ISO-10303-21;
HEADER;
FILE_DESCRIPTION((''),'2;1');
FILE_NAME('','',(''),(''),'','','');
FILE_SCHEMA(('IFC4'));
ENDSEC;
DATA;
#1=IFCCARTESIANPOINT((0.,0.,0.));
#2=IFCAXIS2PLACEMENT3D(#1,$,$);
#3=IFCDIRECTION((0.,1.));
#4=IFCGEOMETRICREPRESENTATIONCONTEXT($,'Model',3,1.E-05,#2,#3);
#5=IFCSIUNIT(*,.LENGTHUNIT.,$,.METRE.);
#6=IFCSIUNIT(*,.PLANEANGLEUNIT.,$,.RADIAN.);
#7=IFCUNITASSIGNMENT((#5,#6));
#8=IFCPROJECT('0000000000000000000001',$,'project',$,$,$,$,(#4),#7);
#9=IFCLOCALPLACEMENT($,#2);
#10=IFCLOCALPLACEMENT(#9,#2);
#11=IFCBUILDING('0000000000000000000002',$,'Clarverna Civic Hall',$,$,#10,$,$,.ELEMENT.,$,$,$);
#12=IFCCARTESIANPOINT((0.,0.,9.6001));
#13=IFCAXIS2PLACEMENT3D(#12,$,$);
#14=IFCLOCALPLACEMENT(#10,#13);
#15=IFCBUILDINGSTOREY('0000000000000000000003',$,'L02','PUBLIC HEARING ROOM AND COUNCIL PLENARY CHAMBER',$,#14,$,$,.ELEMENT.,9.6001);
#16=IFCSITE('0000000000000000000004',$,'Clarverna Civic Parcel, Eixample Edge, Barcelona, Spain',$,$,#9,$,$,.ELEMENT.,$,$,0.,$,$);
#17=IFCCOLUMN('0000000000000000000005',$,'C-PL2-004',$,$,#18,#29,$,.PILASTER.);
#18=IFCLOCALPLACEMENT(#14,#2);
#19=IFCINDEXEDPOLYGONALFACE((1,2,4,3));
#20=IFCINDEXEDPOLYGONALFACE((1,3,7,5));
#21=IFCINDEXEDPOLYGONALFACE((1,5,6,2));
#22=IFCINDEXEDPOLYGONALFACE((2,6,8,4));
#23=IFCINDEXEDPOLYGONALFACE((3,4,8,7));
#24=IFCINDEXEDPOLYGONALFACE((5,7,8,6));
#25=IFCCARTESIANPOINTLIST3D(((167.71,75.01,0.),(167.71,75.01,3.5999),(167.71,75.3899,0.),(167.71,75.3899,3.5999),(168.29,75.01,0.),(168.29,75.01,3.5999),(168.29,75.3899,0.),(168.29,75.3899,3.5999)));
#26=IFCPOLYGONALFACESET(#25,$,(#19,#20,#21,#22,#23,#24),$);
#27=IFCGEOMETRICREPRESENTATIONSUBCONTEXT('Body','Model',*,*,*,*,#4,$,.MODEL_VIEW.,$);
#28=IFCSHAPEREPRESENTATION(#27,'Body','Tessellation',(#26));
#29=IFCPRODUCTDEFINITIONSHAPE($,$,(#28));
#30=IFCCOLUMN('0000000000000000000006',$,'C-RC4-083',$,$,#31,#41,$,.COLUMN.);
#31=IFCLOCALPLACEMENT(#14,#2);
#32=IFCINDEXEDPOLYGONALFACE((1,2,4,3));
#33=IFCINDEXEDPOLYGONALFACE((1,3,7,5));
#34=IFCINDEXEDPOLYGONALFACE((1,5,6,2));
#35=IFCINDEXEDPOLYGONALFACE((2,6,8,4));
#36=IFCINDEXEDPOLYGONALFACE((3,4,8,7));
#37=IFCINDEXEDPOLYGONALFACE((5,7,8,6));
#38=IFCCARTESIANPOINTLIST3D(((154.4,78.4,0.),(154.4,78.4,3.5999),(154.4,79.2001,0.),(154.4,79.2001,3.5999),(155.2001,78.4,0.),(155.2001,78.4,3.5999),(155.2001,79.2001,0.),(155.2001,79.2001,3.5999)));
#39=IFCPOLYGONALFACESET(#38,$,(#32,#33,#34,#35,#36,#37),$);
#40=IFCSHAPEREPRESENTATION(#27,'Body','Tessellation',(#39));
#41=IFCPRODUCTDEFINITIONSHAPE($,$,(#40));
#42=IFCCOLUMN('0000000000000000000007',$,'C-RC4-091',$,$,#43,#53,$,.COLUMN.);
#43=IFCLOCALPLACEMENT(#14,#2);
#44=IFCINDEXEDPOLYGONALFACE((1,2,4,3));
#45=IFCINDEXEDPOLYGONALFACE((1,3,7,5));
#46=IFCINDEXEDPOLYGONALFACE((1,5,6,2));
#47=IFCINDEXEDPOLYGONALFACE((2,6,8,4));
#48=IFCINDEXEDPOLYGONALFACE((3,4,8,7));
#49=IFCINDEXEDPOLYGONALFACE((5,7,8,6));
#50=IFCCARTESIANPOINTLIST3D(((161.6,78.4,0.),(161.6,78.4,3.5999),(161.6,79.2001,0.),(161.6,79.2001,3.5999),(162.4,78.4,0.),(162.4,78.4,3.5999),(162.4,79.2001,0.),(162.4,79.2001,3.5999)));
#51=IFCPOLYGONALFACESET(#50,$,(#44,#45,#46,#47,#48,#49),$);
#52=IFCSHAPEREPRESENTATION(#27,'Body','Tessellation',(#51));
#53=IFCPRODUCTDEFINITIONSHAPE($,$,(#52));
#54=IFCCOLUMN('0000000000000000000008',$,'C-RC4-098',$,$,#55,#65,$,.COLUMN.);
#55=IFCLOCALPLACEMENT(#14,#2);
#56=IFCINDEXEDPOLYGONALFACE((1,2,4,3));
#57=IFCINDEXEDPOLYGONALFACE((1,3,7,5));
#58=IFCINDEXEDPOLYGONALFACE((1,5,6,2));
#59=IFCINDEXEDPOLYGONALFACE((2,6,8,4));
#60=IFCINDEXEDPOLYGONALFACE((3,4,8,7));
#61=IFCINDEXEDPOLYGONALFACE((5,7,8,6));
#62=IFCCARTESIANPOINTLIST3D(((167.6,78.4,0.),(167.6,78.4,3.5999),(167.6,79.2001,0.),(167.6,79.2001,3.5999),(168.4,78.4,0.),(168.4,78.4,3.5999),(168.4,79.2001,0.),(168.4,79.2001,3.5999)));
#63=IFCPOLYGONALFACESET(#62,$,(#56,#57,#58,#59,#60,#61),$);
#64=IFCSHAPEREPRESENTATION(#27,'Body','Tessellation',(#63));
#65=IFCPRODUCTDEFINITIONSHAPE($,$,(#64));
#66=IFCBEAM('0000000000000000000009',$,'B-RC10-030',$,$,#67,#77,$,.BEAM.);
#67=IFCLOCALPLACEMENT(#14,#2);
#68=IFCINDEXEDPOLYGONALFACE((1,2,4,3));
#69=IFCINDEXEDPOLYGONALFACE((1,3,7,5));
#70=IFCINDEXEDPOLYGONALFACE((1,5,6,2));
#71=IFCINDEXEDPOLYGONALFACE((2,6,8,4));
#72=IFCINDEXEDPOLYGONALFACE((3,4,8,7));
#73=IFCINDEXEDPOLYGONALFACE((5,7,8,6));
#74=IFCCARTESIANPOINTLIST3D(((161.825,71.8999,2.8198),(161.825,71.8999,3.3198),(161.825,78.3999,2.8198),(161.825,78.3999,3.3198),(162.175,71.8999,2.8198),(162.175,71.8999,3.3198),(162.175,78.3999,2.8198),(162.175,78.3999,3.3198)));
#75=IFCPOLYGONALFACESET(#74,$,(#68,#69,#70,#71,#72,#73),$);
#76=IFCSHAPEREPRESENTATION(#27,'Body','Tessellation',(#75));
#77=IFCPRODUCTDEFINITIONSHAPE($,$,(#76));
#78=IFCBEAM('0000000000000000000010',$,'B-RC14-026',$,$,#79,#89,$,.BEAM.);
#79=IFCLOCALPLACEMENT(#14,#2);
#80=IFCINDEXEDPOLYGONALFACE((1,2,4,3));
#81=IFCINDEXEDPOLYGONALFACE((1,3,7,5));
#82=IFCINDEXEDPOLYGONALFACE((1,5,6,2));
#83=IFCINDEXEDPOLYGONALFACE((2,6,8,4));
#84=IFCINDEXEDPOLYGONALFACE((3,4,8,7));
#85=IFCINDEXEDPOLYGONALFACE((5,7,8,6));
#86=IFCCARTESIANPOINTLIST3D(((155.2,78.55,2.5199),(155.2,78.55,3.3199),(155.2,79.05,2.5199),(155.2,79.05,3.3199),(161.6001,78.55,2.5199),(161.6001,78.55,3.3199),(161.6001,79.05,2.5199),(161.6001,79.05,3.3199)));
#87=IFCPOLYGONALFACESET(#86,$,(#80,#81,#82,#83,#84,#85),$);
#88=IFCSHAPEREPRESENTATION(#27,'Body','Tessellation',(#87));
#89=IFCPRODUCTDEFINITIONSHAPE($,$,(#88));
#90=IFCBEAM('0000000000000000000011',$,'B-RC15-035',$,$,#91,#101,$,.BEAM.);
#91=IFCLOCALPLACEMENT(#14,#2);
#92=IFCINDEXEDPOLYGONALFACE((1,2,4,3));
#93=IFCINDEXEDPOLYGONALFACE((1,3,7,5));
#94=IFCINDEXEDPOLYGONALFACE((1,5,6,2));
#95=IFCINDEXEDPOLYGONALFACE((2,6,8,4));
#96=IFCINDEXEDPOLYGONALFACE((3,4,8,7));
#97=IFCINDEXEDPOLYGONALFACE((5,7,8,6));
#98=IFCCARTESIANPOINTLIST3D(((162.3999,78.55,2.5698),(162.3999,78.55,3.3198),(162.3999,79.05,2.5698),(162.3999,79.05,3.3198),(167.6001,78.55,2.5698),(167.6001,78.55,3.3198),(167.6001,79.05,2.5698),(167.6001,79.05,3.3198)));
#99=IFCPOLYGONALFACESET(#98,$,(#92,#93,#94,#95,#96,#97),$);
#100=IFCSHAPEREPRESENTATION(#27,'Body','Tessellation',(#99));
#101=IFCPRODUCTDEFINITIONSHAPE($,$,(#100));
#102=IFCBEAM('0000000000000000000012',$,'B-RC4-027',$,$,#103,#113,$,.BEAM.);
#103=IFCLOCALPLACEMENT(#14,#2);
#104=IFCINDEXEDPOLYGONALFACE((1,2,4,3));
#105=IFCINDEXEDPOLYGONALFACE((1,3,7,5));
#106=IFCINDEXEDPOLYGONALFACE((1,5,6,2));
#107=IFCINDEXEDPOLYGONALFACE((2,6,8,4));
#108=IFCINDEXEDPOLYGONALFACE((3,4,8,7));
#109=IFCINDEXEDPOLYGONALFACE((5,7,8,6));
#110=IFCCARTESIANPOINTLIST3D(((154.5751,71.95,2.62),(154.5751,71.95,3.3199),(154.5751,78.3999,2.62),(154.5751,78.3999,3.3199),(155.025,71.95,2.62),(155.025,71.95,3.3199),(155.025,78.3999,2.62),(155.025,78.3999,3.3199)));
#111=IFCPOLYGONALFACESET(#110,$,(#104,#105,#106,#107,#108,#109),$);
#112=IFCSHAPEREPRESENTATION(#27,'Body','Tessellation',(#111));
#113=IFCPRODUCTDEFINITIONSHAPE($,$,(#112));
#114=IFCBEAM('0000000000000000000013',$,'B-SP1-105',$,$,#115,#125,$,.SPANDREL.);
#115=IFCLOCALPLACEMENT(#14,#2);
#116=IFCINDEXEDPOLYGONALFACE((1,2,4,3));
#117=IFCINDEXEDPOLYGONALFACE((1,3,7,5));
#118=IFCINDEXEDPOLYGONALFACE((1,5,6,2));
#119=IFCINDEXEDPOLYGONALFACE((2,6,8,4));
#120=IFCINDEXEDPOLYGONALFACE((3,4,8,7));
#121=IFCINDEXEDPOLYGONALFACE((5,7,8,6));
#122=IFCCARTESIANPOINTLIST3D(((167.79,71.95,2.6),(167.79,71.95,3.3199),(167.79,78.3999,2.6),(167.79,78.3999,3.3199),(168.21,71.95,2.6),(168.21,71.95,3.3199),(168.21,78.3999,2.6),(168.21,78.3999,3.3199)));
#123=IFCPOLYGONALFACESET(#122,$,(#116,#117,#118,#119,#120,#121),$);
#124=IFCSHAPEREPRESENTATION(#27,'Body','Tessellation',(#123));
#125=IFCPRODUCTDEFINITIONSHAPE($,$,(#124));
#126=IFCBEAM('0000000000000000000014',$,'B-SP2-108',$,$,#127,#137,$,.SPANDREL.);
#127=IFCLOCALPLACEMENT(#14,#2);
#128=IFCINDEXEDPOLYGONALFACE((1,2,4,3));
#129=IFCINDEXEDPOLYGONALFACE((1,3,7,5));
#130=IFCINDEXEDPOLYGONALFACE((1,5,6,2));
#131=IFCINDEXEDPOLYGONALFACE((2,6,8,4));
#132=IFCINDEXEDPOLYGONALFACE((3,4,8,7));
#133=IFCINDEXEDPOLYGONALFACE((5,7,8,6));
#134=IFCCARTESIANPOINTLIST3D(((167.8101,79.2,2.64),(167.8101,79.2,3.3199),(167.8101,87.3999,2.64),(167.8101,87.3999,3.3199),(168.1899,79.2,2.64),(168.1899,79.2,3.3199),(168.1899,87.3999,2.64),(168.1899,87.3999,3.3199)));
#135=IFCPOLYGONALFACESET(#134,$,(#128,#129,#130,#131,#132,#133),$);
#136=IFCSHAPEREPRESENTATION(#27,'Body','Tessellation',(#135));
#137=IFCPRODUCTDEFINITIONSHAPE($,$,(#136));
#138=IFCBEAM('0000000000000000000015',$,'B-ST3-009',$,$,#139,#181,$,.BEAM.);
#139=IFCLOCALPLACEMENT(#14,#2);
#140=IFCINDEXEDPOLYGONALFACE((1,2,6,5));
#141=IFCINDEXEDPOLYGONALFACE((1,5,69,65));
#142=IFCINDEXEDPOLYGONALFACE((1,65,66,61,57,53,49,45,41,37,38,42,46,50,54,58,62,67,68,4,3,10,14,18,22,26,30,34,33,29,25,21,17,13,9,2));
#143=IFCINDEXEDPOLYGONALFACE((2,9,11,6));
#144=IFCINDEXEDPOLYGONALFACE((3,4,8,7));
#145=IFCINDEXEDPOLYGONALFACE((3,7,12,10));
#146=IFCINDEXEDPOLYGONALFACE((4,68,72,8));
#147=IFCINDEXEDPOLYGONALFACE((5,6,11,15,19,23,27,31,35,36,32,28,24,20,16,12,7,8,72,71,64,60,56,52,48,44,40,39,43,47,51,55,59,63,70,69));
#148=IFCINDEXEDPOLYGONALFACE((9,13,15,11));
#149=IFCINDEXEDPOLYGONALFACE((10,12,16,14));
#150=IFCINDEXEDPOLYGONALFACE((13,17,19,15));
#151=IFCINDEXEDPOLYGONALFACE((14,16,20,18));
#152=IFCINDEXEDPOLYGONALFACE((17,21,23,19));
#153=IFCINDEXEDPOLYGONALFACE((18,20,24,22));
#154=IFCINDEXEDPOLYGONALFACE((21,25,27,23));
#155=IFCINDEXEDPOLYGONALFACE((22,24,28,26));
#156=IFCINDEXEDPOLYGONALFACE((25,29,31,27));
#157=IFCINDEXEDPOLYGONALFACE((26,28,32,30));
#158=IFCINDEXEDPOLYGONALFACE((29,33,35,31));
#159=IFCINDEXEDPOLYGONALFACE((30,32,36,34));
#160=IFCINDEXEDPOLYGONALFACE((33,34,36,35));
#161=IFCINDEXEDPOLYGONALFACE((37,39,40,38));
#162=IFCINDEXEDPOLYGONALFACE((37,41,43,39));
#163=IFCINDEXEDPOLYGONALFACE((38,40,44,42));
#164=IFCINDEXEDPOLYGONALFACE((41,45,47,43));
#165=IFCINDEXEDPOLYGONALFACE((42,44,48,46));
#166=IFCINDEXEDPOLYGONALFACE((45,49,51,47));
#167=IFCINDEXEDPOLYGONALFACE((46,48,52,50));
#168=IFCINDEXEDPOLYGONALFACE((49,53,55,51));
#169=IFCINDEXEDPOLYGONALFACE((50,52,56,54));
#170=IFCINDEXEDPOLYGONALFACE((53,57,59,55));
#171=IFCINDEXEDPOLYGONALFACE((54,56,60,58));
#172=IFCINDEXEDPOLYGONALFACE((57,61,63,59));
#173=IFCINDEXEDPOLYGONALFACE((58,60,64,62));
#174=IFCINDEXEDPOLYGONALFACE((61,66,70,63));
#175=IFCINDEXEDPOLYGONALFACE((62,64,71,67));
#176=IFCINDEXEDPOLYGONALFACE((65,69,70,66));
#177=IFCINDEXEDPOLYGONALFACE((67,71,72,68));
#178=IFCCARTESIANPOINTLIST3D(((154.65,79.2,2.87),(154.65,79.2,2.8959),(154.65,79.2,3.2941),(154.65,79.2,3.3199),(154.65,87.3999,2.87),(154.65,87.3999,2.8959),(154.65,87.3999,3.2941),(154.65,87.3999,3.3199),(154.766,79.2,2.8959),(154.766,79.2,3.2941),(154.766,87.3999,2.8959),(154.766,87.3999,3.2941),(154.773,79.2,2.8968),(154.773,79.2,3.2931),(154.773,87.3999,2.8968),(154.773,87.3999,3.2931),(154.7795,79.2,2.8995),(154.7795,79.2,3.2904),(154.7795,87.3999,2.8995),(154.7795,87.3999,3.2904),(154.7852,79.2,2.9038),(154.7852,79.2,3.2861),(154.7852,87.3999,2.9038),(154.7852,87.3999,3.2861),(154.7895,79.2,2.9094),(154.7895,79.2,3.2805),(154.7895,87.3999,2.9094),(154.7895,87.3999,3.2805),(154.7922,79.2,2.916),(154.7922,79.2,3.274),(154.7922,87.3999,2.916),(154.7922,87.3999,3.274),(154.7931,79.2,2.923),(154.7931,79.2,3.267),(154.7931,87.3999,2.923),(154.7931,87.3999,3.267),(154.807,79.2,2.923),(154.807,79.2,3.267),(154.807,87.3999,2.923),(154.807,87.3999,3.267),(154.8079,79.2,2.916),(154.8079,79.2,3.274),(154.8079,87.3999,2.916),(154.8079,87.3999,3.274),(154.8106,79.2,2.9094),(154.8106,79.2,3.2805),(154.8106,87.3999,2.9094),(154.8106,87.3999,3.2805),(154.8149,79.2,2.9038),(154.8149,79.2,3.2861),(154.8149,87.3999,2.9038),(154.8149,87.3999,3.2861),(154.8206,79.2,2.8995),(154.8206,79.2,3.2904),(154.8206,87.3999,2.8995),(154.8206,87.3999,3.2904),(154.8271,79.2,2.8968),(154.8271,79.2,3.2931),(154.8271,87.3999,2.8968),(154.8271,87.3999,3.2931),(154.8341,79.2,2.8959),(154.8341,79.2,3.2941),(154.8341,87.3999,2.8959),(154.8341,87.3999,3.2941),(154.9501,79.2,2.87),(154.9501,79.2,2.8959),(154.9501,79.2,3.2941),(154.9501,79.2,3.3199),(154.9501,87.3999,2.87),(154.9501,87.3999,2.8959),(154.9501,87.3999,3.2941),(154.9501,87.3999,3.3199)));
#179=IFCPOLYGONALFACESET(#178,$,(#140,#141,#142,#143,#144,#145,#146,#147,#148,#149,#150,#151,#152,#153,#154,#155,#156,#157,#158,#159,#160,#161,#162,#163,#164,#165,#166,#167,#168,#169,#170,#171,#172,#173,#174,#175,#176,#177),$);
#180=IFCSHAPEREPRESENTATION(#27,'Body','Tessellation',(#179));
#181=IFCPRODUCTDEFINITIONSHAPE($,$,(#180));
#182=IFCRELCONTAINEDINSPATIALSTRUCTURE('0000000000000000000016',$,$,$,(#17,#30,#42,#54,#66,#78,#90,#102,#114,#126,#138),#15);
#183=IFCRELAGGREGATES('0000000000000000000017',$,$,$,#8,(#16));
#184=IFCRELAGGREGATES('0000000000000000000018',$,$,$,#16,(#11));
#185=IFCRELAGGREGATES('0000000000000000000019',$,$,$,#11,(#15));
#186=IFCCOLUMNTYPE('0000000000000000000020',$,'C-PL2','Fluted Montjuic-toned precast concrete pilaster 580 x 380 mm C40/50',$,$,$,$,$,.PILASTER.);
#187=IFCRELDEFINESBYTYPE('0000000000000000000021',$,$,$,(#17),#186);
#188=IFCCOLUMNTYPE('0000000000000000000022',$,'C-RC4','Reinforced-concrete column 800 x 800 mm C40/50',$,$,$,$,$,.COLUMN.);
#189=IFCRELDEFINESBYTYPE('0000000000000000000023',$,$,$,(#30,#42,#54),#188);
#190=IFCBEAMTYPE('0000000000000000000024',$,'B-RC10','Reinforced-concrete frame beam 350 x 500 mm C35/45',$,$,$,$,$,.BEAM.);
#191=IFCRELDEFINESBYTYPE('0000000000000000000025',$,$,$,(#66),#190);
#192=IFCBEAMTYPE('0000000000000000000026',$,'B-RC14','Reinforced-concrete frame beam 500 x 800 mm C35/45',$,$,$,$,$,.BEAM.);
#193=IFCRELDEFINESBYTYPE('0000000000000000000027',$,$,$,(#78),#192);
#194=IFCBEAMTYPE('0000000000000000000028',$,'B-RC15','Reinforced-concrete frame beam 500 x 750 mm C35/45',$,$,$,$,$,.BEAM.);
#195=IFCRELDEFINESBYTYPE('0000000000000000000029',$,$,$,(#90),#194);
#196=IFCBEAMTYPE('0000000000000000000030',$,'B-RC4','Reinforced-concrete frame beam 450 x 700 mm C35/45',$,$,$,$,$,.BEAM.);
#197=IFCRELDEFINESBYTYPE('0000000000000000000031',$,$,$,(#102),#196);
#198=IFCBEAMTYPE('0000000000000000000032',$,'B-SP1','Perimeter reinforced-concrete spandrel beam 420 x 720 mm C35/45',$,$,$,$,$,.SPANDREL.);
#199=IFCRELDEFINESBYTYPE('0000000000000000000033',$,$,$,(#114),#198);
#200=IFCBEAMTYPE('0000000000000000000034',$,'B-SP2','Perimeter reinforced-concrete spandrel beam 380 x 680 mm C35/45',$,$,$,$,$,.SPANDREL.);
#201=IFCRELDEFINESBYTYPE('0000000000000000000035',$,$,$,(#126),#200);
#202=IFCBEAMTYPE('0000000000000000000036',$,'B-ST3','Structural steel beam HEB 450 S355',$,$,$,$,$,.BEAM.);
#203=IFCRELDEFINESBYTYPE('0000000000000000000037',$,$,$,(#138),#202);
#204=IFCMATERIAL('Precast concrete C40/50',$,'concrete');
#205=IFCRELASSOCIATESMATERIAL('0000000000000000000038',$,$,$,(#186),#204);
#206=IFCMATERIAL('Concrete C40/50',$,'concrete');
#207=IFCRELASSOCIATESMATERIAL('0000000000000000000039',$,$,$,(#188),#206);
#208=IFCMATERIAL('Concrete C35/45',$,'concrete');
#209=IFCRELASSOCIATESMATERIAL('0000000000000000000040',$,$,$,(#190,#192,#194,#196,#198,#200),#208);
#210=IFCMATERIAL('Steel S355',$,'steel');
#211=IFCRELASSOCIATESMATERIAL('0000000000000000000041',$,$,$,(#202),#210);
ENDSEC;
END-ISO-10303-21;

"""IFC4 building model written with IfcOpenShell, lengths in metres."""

from ifc_helpers import new_model, si_unit, direction, frame, origin, origin_2d, place, context, subcontext, project, spatial, rectangle, i_section, extrude, material, material_profile, profile_set, type_object, element, save


model = new_model("IFC4")

# Units and contexts
model_context = context("Model", 3, precision=1e-05, world=origin(), true_north=direction((0.0, 1.0)))
body_context = subcontext(model_context, "Body", "Model", "MODEL_VIEW")
ifc_project = project(units=[si_unit("LENGTHUNIT", "METRE"), si_unit("PLANEANGLEUNIT", "RADIAN")], contexts=[model_context])

# Site, building, storey
site_placement = place(None, origin())
site = spatial("IfcSite", under=ifc_project, at=site_placement, Name="Clarverna Civic Parcel, Eixample Edge, Barcelona, Spain", CompositionType="ELEMENT", RefElevation=0.0)
building_placement = place(site_placement, origin())
building = spatial("IfcBuilding", under=site, at=building_placement, Name="Clarverna Civic Hall", CompositionType="ELEMENT")
storey_placement = place(building_placement, frame((0.0, 0.0, 9.6001)))
storey = spatial("IfcBuildingStorey", under=building, at=storey_placement, Name="L02", Description="PUBLIC HEARING ROOM AND COUNCIL PLENARY CHAMBER", CompositionType="ELEMENT", Elevation=9.6001)

# Columns
ifc_material_1 = material(Name="Precast concrete C40/50", Category="concrete")
ifc_material_profile_1 = material_profile(ifc_material_1, rectangle(XDim=0.5801, YDim=0.3799, at=origin_2d()), Name="PILASTER 580x380")
ifc_profile_set_1 = profile_set([ifc_material_profile_1], Name="Precast concrete C40/50")
column_type_1 = type_object("IfcColumnType", Name="C-PL2", Description="Fluted Montjuic-toned precast concrete pilaster 580 x 380 mm C40/50", PredefinedType="PILASTER", material=ifc_profile_set_1)
column_placement = place(storey_placement, frame((168.0, 75.2, 0.0), z_axis=(0.0, 0.0, 1.0), x_axis=(1.0, 0.0, 0.0)))
element("IfcColumn", 1, at=column_placement, inside=storey, type_object=column_type_1, Name="C-PL2-004", PredefinedType="PILASTER", context=body_context, shape_type="SweptSolid", body=[
    extrude(rectangle(XDim=0.5801, YDim=0.3799, at=origin_2d()), origin(), (0.0, 0.0, 1.0), 3.5999),
])
ifc_material_2 = material(Name="Concrete C40/50", Category="concrete")
ifc_material_profile_2 = material_profile(ifc_material_2, rectangle(XDim=0.8, YDim=0.8, at=origin_2d()), Name="RC 800x800")
ifc_profile_set_2 = profile_set([ifc_material_profile_2], Name="Concrete C40/50")
column_type_2 = type_object("IfcColumnType", Name="C-RC4", Description="Reinforced-concrete column 800 x 800 mm C40/50", PredefinedType="COLUMN", material=ifc_profile_set_2)
for number, where, z_axis, x_axis, name in (
    (2, (154.8, 78.8, 0.0), (0.0, 0.0, 1.0), (1.0, 0.0, 0.0), "C-RC4-083"),
    (3, (162.0, 78.8, 0.0), (0.0, 0.0, 1.0), (1.0, 0.0, 0.0), "C-RC4-091"),
    (4, (168.0, 78.8, 0.0), (0.0, 0.0, 1.0), (1.0, 0.0, 0.0), "C-RC4-098"),
):
    element("IfcColumn", number, at=place(storey_placement, frame(where, z_axis=z_axis, x_axis=x_axis)), inside=storey, type_object=column_type_2, Name=name, PredefinedType="COLUMN", context=body_context, shape_type="SweptSolid", body=[
        extrude(rectangle(XDim=0.8, YDim=0.8, at=origin_2d()), origin(), (0.0, 0.0, 1.0), 3.5999),
    ])

# Beams
ifc_material_3 = material(Name="Concrete C35/45", Category="concrete")
ifc_material_profile_3 = material_profile(ifc_material_3, rectangle(XDim=0.3501, YDim=0.5, at=origin_2d()), Name="RC 350x500")
ifc_profile_set_3 = profile_set([ifc_material_profile_3], Name="Concrete C35/45")
beam_type_1 = type_object("IfcBeamType", Name="B-RC10", Description="Reinforced-concrete frame beam 350 x 500 mm C35/45", PredefinedType="BEAM", material=ifc_profile_set_3)
beam_1_placement = place(storey_placement, frame((162.0, 71.8999, 3.0698), z_axis=(0.0, 1.0, 0.0), x_axis=(-1.0, 0.0, 0.0)))
element("IfcBeam", 5, at=beam_1_placement, inside=storey, type_object=beam_type_1, Name="B-RC10-030", PredefinedType="BEAM", context=body_context, shape_type="SweptSolid", body=[
    extrude(rectangle(XDim=0.3501, YDim=0.5, at=origin_2d()), origin(), (0.0, 0.0, 1.0), 6.5),
])
ifc_material_profile_4 = material_profile(ifc_material_3, rectangle(XDim=0.5, YDim=0.8, at=origin_2d()), Name="RC 500x800")
ifc_profile_set_4 = profile_set([ifc_material_profile_4], Name="Concrete C35/45")
beam_type_2 = type_object("IfcBeamType", Name="B-RC14", Description="Reinforced-concrete frame beam 500 x 800 mm C35/45", PredefinedType="BEAM", material=ifc_profile_set_4)
beam_2_placement = place(storey_placement, frame((155.2, 78.8, 2.9199), z_axis=(1.0, 0.0, 0.0), x_axis=(0.0, 1.0, 0.0)))
element("IfcBeam", 6, at=beam_2_placement, inside=storey, type_object=beam_type_2, Name="B-RC14-026", PredefinedType="BEAM", context=body_context, shape_type="SweptSolid", body=[
    extrude(rectangle(XDim=0.5, YDim=0.8, at=origin_2d()), origin(), (0.0, 0.0, 1.0), 6.4001),
])
ifc_material_profile_5 = material_profile(ifc_material_3, rectangle(XDim=0.5, YDim=0.75, at=origin_2d()), Name="RC 500x750")
ifc_profile_set_5 = profile_set([ifc_material_profile_5], Name="Concrete C35/45")
beam_type_3 = type_object("IfcBeamType", Name="B-RC15", Description="Reinforced-concrete frame beam 500 x 750 mm C35/45", PredefinedType="BEAM", material=ifc_profile_set_5)
beam_3_placement = place(storey_placement, frame((162.3999, 78.8, 2.9448), z_axis=(1.0, 0.0, 0.0), x_axis=(0.0, 1.0, 0.0)))
element("IfcBeam", 7, at=beam_3_placement, inside=storey, type_object=beam_type_3, Name="B-RC15-035", PredefinedType="BEAM", context=body_context, shape_type="SweptSolid", body=[
    extrude(rectangle(XDim=0.5, YDim=0.75, at=origin_2d()), origin(), (0.0, 0.0, 1.0), 5.2002),
])
ifc_material_profile_6 = material_profile(ifc_material_3, rectangle(XDim=0.45, YDim=0.7, at=origin_2d()), Name="RC 450x700")
ifc_profile_set_6 = profile_set([ifc_material_profile_6], Name="Concrete C35/45")
beam_type_4 = type_object("IfcBeamType", Name="B-RC4", Description="Reinforced-concrete frame beam 450 x 700 mm C35/45", PredefinedType="BEAM", material=ifc_profile_set_6)
beam_4_placement = place(storey_placement, frame((154.8, 71.95, 2.97), z_axis=(0.0, 1.0, 0.0), x_axis=(-1.0, 0.0, 0.0)))
element("IfcBeam", 8, at=beam_4_placement, inside=storey, type_object=beam_type_4, Name="B-RC4-027", PredefinedType="BEAM", context=body_context, shape_type="SweptSolid", body=[
    extrude(rectangle(XDim=0.45, YDim=0.7, at=origin_2d()), origin(), (0.0, 0.0, 1.0), 6.45),
])
ifc_material_profile_7 = material_profile(ifc_material_3, rectangle(XDim=0.4199, YDim=0.72, at=origin_2d()), Name="RC 420x720")
ifc_profile_set_7 = profile_set([ifc_material_profile_7], Name="Concrete C35/45")
beam_type_5 = type_object("IfcBeamType", Name="B-SP1", Description="Perimeter reinforced-concrete spandrel beam 420 x 720 mm C35/45", PredefinedType="SPANDREL", material=ifc_profile_set_7)
beam_5_placement = place(storey_placement, frame((168.0, 71.95, 2.96), z_axis=(0.0, 1.0, 0.0), x_axis=(-1.0, 0.0, 0.0)))
element("IfcBeam", 9, at=beam_5_placement, inside=storey, type_object=beam_type_5, Name="B-SP1-105", PredefinedType="SPANDREL", context=body_context, shape_type="SweptSolid", body=[
    extrude(rectangle(XDim=0.4199, YDim=0.72, at=origin_2d()), origin(), (0.0, 0.0, 1.0), 6.45),
])
ifc_material_profile_8 = material_profile(ifc_material_3, rectangle(XDim=0.3799, YDim=0.6799, at=origin_2d()), Name="RC 380x680")
ifc_profile_set_8 = profile_set([ifc_material_profile_8], Name="Concrete C35/45")
beam_type_6 = type_object("IfcBeamType", Name="B-SP2", Description="Perimeter reinforced-concrete spandrel beam 380 x 680 mm C35/45", PredefinedType="SPANDREL", material=ifc_profile_set_8)
beam_6_placement = place(storey_placement, frame((168.0, 79.2, 2.98), z_axis=(0.0, 1.0, 0.0), x_axis=(-1.0, 0.0, 0.0)))
element("IfcBeam", 10, at=beam_6_placement, inside=storey, type_object=beam_type_6, Name="B-SP2-108", PredefinedType="SPANDREL", context=body_context, shape_type="SweptSolid", body=[
    extrude(rectangle(XDim=0.3799, YDim=0.6799, at=origin_2d()), origin(), (0.0, 0.0, 1.0), 8.2),
])
ifc_material_4 = material(Name="Steel S355", Category="steel")
ifc_material_profile_9 = material_profile(ifc_material_4, i_section(OverallWidth=0.3, OverallDepth=0.45, WebThickness=0.0139, FlangeThickness=0.0259, FilletRadius=0.0271, at=origin_2d()), Name="HEB 450")
ifc_profile_set_9 = profile_set([ifc_material_profile_9], Name="Steel S355")
beam_type_7 = type_object("IfcBeamType", Name="B-ST3", Description="Structural steel beam HEB 450 S355", PredefinedType="BEAM", material=ifc_profile_set_9)
beam_7_placement = place(storey_placement, frame((154.8, 79.2, 3.095), z_axis=(0.0, 1.0, 0.0), x_axis=(-1.0, 0.0, 0.0)))
element("IfcBeam", 11, at=beam_7_placement, inside=storey, type_object=beam_type_7, Name="B-ST3-009", PredefinedType="BEAM", context=body_context, shape_type="SweptSolid", body=[
    extrude(i_section(OverallWidth=0.3, OverallDepth=0.45, WebThickness=0.0139, FlangeThickness=0.0259, FilletRadius=0.0271, at=origin_2d()), origin(), (0.0, 0.0, 1.0), 8.2),
])

save(model, "model.ifc")
